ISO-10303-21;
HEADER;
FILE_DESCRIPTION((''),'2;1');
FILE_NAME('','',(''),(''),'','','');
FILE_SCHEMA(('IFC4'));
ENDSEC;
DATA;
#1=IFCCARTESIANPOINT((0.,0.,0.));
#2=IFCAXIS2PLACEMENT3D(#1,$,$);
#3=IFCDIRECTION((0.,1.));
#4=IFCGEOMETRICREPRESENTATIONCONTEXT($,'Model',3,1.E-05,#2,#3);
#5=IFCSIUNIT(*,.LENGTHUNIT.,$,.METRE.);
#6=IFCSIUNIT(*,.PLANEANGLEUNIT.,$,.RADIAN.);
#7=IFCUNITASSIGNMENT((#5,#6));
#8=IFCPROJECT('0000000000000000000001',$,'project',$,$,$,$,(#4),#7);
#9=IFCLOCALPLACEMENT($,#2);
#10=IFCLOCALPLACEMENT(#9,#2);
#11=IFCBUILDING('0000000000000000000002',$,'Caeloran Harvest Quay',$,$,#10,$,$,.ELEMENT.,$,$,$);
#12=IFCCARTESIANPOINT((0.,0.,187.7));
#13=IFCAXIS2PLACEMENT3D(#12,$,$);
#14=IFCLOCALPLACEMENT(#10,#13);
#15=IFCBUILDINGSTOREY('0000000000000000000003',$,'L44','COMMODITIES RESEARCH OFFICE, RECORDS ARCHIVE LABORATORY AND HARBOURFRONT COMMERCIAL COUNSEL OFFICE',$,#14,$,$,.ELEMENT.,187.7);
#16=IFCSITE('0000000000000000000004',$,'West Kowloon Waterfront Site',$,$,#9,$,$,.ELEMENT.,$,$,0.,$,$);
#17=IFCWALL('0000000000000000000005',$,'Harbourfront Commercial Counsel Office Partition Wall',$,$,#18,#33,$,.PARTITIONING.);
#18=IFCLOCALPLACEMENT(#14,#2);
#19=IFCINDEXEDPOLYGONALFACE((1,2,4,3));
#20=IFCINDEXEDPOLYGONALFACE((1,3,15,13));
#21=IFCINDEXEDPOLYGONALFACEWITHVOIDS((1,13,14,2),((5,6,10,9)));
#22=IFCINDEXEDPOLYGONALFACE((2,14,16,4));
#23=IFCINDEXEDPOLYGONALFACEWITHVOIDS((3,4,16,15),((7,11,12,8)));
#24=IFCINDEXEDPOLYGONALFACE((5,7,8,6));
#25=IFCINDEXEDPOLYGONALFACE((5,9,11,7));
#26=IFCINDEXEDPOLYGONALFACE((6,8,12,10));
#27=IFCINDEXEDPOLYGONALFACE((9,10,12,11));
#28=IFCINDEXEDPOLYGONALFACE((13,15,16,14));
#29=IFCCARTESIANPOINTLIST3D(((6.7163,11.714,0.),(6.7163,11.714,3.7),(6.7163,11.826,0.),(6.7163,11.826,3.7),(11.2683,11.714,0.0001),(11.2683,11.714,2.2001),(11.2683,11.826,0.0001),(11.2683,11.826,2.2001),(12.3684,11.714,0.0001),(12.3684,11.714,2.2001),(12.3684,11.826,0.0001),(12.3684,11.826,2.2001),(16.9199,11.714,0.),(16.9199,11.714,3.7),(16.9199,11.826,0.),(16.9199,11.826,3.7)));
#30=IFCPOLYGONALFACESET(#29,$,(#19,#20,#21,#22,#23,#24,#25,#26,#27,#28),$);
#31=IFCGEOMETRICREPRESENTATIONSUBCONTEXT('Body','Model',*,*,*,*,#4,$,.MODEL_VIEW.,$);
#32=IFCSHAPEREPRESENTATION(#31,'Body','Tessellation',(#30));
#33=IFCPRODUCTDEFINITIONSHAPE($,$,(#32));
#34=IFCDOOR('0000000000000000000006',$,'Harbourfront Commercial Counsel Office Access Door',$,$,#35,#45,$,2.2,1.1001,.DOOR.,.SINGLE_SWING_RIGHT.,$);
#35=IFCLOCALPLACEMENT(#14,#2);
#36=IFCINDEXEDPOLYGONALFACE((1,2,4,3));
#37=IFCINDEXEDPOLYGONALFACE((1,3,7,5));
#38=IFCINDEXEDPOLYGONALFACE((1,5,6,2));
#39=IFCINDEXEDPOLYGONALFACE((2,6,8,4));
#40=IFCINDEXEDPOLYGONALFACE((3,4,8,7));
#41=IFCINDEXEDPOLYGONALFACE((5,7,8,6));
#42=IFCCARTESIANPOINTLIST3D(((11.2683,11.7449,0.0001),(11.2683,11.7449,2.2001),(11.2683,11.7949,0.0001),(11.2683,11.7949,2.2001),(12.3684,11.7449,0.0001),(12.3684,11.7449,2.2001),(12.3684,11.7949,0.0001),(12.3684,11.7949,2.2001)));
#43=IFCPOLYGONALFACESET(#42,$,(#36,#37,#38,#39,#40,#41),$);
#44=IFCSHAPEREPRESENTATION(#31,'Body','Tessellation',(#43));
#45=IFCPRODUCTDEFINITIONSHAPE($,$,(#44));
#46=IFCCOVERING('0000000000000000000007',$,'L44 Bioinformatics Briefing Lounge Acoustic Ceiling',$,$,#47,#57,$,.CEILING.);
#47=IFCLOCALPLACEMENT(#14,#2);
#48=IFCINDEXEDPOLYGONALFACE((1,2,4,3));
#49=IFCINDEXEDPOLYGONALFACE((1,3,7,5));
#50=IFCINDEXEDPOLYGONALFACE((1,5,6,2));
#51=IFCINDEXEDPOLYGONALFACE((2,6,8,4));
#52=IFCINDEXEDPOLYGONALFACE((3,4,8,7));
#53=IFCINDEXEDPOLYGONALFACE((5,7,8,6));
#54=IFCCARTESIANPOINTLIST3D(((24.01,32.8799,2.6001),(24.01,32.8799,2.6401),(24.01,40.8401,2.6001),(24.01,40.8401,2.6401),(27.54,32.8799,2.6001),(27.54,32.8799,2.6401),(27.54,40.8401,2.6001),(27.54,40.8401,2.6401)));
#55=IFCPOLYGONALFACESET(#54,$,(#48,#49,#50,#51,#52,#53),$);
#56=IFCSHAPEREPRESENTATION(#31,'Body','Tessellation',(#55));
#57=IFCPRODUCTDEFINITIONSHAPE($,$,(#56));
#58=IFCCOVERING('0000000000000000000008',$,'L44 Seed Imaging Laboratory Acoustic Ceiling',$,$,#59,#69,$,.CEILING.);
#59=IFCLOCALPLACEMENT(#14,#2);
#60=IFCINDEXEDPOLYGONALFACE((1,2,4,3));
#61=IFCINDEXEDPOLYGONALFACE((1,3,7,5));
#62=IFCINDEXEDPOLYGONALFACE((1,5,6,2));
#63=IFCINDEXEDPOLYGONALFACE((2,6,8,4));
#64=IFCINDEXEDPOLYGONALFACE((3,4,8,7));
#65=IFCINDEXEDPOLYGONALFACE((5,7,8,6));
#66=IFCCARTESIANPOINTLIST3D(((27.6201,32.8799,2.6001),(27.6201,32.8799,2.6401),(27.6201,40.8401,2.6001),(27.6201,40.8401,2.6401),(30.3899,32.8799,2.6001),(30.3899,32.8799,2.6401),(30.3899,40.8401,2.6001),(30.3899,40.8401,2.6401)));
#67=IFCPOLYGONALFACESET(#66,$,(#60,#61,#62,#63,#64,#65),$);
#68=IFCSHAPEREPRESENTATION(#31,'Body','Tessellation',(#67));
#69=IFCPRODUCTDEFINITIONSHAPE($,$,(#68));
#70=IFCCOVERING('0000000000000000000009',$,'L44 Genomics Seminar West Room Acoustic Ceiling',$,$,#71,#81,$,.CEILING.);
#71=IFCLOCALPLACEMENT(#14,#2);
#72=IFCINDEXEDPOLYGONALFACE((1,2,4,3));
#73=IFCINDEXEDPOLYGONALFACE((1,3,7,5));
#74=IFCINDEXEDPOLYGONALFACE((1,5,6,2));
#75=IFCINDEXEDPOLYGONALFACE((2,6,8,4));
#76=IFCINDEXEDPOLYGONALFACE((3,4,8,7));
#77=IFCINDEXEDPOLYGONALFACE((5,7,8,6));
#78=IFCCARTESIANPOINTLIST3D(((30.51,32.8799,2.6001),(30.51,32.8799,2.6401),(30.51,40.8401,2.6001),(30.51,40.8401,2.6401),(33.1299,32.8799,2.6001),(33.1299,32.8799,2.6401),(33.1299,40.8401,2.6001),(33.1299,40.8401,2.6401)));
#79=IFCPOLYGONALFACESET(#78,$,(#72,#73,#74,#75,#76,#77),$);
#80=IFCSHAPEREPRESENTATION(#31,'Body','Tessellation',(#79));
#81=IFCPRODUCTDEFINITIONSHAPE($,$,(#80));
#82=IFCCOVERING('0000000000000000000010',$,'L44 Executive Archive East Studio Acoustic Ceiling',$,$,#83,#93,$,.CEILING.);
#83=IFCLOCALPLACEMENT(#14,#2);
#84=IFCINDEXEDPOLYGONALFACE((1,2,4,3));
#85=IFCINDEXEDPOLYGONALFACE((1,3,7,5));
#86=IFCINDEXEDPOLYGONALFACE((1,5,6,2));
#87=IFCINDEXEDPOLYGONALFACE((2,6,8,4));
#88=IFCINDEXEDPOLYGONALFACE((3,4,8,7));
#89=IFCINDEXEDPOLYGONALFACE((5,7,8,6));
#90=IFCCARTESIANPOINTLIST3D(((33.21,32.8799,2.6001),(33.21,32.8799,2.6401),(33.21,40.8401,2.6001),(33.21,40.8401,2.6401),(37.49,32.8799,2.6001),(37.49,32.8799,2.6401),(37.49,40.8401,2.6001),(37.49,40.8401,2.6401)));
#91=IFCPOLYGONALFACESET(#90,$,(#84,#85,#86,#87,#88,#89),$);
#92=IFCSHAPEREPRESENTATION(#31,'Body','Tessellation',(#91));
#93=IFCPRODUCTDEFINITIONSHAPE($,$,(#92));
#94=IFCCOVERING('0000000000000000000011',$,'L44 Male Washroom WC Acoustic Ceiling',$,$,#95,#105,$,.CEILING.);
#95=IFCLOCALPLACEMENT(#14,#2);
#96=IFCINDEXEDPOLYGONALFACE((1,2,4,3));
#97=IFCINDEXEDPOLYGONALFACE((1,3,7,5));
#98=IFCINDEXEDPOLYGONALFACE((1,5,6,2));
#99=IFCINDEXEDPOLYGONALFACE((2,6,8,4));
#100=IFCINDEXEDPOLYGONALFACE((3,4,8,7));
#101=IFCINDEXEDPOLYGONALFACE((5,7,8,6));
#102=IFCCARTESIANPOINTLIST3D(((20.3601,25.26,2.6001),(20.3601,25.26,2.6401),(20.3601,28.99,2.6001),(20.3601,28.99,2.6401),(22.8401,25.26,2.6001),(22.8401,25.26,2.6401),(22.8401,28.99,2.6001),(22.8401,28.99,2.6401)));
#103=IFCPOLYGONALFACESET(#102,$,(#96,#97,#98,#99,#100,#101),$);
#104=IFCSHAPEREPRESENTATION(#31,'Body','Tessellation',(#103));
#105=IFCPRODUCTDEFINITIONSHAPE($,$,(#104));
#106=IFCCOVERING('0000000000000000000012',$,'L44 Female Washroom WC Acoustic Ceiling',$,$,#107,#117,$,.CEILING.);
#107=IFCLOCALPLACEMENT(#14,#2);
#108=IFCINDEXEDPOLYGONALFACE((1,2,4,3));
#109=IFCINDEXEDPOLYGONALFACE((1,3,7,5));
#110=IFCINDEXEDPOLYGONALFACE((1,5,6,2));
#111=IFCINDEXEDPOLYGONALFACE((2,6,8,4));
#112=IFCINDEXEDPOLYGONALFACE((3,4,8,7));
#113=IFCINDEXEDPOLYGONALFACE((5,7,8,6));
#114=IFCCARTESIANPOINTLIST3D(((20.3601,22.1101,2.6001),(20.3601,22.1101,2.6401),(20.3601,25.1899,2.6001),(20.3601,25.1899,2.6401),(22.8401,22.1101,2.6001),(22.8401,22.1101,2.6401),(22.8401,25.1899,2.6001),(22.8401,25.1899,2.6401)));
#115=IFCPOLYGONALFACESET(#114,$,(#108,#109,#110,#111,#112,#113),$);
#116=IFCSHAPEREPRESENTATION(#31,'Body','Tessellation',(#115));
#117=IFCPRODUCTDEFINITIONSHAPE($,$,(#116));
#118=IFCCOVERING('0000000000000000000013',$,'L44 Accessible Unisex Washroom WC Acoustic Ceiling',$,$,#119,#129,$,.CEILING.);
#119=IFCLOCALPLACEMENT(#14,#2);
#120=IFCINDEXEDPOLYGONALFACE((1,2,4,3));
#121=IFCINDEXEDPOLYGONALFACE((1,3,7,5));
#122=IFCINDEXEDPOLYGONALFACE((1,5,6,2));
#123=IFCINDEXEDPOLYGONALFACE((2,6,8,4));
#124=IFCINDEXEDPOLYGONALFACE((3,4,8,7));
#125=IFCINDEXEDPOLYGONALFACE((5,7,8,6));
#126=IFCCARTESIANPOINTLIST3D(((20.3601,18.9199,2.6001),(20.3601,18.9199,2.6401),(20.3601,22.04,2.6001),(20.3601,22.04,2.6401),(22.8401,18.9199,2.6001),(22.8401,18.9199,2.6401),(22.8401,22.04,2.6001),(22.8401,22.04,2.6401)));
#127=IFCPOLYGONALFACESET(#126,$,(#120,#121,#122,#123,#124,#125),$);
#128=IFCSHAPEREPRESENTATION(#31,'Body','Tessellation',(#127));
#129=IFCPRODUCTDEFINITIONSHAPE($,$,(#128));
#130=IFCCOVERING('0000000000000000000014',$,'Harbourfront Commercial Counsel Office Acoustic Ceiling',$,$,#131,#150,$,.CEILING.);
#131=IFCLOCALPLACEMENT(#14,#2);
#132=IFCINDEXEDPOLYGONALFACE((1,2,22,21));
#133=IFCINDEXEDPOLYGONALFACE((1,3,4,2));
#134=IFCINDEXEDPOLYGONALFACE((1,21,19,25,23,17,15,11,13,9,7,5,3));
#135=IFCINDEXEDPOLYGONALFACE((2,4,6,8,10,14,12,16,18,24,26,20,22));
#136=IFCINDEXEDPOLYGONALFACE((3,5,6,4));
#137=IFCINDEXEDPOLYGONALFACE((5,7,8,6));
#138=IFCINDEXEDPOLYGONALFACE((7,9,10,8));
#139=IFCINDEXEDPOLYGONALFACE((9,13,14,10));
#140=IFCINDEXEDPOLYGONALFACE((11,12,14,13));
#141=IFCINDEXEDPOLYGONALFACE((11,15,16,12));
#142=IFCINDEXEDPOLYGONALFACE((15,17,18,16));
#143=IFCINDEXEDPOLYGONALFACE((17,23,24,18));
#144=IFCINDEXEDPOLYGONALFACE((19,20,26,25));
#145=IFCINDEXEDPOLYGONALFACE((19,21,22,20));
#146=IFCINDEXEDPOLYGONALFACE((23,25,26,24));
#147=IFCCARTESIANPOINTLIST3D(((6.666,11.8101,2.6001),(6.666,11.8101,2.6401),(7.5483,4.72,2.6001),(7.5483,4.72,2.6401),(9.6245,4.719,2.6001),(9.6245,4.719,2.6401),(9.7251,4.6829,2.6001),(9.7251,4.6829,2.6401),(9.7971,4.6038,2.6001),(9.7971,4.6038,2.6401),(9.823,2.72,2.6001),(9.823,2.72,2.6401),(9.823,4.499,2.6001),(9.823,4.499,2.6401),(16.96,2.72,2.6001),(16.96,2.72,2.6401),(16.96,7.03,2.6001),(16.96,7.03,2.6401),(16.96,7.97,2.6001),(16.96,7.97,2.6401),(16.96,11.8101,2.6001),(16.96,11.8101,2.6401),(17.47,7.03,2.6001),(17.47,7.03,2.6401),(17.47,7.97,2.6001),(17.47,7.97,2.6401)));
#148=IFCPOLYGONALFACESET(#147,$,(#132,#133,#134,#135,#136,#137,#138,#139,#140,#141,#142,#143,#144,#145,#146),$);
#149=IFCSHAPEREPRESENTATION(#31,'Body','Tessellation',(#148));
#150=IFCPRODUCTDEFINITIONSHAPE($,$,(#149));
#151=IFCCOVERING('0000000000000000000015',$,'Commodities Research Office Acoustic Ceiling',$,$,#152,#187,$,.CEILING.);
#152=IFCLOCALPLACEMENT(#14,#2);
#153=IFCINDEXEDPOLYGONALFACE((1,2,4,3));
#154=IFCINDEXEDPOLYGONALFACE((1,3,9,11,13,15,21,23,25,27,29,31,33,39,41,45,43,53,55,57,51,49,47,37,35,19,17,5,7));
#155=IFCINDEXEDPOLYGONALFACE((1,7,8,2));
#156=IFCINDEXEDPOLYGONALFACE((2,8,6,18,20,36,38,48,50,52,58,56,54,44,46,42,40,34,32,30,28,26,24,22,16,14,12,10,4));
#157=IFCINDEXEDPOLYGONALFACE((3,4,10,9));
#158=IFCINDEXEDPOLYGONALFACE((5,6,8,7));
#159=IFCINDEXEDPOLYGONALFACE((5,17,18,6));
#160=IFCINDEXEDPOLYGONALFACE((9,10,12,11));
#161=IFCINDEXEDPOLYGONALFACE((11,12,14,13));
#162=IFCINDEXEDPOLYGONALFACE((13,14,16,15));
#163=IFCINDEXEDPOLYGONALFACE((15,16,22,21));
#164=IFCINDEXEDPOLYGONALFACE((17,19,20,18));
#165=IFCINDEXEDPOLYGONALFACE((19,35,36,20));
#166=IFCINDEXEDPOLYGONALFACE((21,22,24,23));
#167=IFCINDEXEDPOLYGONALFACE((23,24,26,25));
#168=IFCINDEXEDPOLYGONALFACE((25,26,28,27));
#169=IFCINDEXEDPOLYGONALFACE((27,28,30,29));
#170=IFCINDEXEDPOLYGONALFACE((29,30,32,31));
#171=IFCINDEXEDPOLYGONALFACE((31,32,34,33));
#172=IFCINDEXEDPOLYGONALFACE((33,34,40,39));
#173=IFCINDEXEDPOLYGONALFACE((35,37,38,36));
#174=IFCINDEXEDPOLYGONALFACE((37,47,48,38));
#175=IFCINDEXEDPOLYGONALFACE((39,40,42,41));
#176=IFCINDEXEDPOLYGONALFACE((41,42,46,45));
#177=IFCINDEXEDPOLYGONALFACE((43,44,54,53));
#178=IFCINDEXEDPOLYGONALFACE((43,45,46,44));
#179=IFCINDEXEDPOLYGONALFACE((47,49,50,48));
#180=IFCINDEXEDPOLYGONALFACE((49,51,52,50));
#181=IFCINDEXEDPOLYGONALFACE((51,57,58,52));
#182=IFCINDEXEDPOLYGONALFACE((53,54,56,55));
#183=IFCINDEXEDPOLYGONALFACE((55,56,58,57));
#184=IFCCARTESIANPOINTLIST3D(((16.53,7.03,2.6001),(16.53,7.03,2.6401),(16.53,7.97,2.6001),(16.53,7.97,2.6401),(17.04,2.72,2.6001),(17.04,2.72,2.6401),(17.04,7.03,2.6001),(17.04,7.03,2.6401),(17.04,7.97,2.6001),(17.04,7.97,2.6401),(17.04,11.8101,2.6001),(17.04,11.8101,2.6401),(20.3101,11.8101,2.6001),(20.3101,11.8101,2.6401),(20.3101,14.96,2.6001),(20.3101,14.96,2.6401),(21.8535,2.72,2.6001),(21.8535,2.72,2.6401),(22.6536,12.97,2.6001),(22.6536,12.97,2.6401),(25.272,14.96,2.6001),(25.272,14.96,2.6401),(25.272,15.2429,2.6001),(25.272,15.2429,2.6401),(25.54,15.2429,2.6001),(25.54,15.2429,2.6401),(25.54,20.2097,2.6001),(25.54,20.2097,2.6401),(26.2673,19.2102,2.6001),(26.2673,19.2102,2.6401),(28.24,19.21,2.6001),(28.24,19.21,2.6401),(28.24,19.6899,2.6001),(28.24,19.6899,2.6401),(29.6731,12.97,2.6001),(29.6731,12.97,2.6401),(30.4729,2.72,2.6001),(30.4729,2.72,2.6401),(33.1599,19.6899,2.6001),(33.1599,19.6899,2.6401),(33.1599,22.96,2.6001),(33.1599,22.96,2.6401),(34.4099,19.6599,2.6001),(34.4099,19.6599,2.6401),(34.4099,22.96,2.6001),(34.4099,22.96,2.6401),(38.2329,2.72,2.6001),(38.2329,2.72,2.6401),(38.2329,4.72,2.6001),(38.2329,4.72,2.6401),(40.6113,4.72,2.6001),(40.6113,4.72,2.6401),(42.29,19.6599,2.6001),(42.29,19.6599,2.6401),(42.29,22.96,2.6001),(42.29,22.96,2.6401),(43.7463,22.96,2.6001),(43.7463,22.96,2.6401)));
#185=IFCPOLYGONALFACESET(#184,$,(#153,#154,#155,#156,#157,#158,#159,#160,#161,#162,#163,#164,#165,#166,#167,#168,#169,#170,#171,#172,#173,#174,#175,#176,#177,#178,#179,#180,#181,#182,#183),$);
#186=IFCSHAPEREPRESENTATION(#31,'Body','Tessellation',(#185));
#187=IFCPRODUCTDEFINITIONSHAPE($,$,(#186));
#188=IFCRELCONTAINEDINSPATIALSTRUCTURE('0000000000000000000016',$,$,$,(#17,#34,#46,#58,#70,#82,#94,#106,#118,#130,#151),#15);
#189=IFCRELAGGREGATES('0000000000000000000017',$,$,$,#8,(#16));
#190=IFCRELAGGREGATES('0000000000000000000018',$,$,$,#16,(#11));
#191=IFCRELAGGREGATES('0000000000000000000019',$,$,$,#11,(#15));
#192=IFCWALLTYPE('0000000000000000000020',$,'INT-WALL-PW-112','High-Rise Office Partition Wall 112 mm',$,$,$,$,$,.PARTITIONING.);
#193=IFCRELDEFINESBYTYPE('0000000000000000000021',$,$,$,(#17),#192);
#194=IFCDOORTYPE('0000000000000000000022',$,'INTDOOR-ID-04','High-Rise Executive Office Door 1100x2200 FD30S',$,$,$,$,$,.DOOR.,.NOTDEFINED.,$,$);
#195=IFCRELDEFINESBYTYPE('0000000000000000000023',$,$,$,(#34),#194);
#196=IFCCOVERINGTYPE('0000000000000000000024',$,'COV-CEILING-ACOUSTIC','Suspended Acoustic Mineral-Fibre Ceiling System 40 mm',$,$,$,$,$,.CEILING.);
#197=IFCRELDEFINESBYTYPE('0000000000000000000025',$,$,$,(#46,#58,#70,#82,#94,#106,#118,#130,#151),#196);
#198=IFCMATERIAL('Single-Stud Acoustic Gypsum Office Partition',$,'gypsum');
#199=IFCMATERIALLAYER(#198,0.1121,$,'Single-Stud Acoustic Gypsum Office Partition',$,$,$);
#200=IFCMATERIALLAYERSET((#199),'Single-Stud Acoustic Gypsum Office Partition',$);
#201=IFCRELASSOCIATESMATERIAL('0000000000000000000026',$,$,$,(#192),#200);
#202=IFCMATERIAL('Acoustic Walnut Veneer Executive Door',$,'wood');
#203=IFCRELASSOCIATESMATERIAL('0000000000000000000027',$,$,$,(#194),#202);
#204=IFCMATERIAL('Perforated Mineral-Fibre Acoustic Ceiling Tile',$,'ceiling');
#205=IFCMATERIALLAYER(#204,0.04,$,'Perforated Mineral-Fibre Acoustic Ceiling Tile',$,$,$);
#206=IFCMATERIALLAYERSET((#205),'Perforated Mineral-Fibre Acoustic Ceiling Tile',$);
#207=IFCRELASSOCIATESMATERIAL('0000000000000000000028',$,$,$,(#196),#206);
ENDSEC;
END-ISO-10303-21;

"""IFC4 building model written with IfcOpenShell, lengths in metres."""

from ifc_helpers import new_model, si_unit, direction, frame, frame_2d, origin, place, context, subcontext, project, spatial, polyline, rectangle, outline, extrude, material, layer, layer_set, type_object, element, fill, save


model = new_model("IFC4")

# Units and contexts
model_context = context("Model", 3, precision=1e-05, world=origin(), true_north=direction((0.0, 1.0)))
body_context = subcontext(model_context, "Body", "Model", "MODEL_VIEW")
ifc_project = project(units=[si_unit("LENGTHUNIT", "METRE"), si_unit("PLANEANGLEUNIT", "RADIAN")], contexts=[model_context])

# Site, building, storey
site_placement = place(None, origin())
site = spatial("IfcSite", under=ifc_project, at=site_placement, Name="West Kowloon Waterfront Site", CompositionType="ELEMENT", RefElevation=0.0)
building_placement = place(site_placement, origin())
building = spatial("IfcBuilding", under=site, at=building_placement, Name="Caeloran Harvest Quay", CompositionType="ELEMENT")
storey_placement = place(building_placement, frame((0.0, 0.0, 187.7)))
storey = spatial("IfcBuildingStorey", under=building, at=storey_placement, Name="L44", Description="COMMODITIES RESEARCH OFFICE, RECORDS ARCHIVE LABORATORY AND HARBOURFRONT COMMERCIAL COUNSEL OFFICE", CompositionType="ELEMENT", Elevation=187.7)

# Wall, opening, door
ifc_material_1 = material(Name="Single-Stud Acoustic Gypsum Office Partition", Category="gypsum")
ifc_layer_1 = layer(ifc_material_1, 0.1121, Name="Single-Stud Acoustic Gypsum Office Partition")
ifc_layer_set_1 = layer_set([ifc_layer_1], Name="Single-Stud Acoustic Gypsum Office Partition")
wall_type_1 = type_object("IfcWallType", Name="INT-WALL-PW-112", Description="High-Rise Office Partition Wall 112 mm", PredefinedType="PARTITIONING", material=ifc_layer_set_1)
wall_1_placement = place(storey_placement, frame((6.7163, 11.77, 0.0), z_axis=(0.0, 0.0, 1.0), x_axis=(1.0, 0.0, 0.0)))
wall_1 = element("IfcWall", 1, at=wall_1_placement, inside=storey, type_object=wall_type_1, Name="Harbourfront Commercial Counsel Office Partition Wall", PredefinedType="PARTITIONING", context=body_context, shape_type="SweptSolid", body=[
    extrude(rectangle(XDim=10.2036, YDim=0.1121, at=frame_2d((5.1018, 0.0))), origin(), (0.0, 0.0, 1.0), 3.7),
])
opening_1_placement = place(wall_1_placement, frame((4.552, 0.0, 0.0)))
opening_1 = element("IfcOpeningElement", 2, at=opening_1_placement, cuts=wall_1, PredefinedType="OPENING", context=body_context, shape_type="SweptSolid", body=[
    extrude(rectangle(XDim=1.1001, YDim=2.2, at=frame_2d((0.55, 1.1001))), frame((0.0, 0.0659, 0.0), z_axis=(0.0, -1.0, 0.0), x_axis=(1.0, 0.0, 0.0)), (0.0, 0.0, 1.0), 0.1321),
])
ifc_material_2 = material(Name="Acoustic Walnut Veneer Executive Door", Category="wood")
door_type = type_object("IfcDoorType", Name="INTDOOR-ID-04", Description="High-Rise Executive Office Door 1100x2200 FD30S", OperationType="NOTDEFINED", PredefinedType="DOOR", material=ifc_material_2)
door_placement = place(opening_1_placement, origin())
door = element("IfcDoor", 3, at=door_placement, inside=storey, type_object=door_type, Name="Harbourfront Commercial Counsel Office Access Door", OperationType="SINGLE_SWING_RIGHT", OverallHeight=2.2, OverallWidth=1.1001, PredefinedType="DOOR", context=body_context, shape_type="SweptSolid", body=[
    extrude(rectangle(XDim=1.1001, YDim=2.2, at=frame_2d((0.55, 1.1001))), frame((0.0, 0.0249, 0.0), z_axis=(0.0, -1.0, 0.0), x_axis=(1.0, 0.0, 0.0)), (0.0, 0.0, 1.0), 0.05),
])
fill(opening_1, door)

# Coverings
ifc_material_3 = material(Name="Perforated Mineral-Fibre Acoustic Ceiling Tile", Category="ceiling")
ifc_layer_2 = layer(ifc_material_3, 0.04, Name="Perforated Mineral-Fibre Acoustic Ceiling Tile")
ifc_layer_set_2 = layer_set([ifc_layer_2], Name="Perforated Mineral-Fibre Acoustic Ceiling Tile")
covering_type_1 = type_object("IfcCoveringType", Name="COV-CEILING-ACOUSTIC", Description="Suspended Acoustic Mineral-Fibre Ceiling System 40 mm", PredefinedType="CEILING", material=ifc_layer_set_2)
covering_1_placement = place(storey_placement, frame((0.0, 0.0, 2.6001)))
element("IfcCovering", 4, at=covering_1_placement, inside=storey, type_object=covering_type_1, Name="L44 Bioinformatics Briefing Lounge Acoustic Ceiling", PredefinedType="CEILING", context=body_context, shape_type="SweptSolid", body=[
    extrude(outline(polyline([(27.54, 40.8401), (27.54, 32.8799), (24.01, 32.8799), (24.01, 40.8401), (27.54, 40.8401)])), origin(), (0.0, 0.0, 1.0), 0.04),
])
covering_2_placement = place(storey_placement, frame((0.0, 0.0, 2.6001)))
element("IfcCovering", 5, at=covering_2_placement, inside=storey, type_object=covering_type_1, Name="L44 Seed Imaging Laboratory Acoustic Ceiling", PredefinedType="CEILING", context=body_context, shape_type="SweptSolid", body=[
    extrude(outline(polyline([(30.3899, 40.8401), (30.3899, 32.8799), (27.6201, 32.8799), (27.6201, 40.8401), (30.3899, 40.8401)])), origin(), (0.0, 0.0, 1.0), 0.04),
])
covering_3_placement = place(storey_placement, frame((0.0, 0.0, 2.6001)))
element("IfcCovering", 6, at=covering_3_placement, inside=storey, type_object=covering_type_1, Name="L44 Genomics Seminar West Room Acoustic Ceiling", PredefinedType="CEILING", context=body_context, shape_type="SweptSolid", body=[
    extrude(outline(polyline([(33.1299, 40.8401), (33.1299, 32.8799), (30.51, 32.8799), (30.51, 40.8401), (33.1299, 40.8401)])), origin(), (0.0, 0.0, 1.0), 0.04),
])
covering_4_placement = place(storey_placement, frame((0.0, 0.0, 2.6001)))
element("IfcCovering", 7, at=covering_4_placement, inside=storey, type_object=covering_type_1, Name="L44 Executive Archive East Studio Acoustic Ceiling", PredefinedType="CEILING", context=body_context, shape_type="SweptSolid", body=[
    extrude(outline(polyline([(37.49, 40.8401), (37.49, 32.8799), (33.21, 32.8799), (33.21, 40.8401), (37.49, 40.8401)])), origin(), (0.0, 0.0, 1.0), 0.04),
])
covering_5_placement = place(storey_placement, frame((0.0, 0.0, 2.6001)))
element("IfcCovering", 8, at=covering_5_placement, inside=storey, type_object=covering_type_1, Name="L44 Male Washroom WC Acoustic Ceiling", PredefinedType="CEILING", context=body_context, shape_type="SweptSolid", body=[
    extrude(outline(polyline([(22.8401, 28.99), (22.8401, 25.26), (20.3601, 25.26), (20.3601, 28.99), (22.8401, 28.99)])), origin(), (0.0, 0.0, 1.0), 0.04),
])
covering_6_placement = place(storey_placement, frame((0.0, 0.0, 2.6001)))
element("IfcCovering", 9, at=covering_6_placement, inside=storey, type_object=covering_type_1, Name="L44 Female Washroom WC Acoustic Ceiling", PredefinedType="CEILING", context=body_context, shape_type="SweptSolid", body=[
    extrude(outline(polyline([(22.8401, 25.1899), (22.8401, 22.1101), (20.3601, 22.1101), (20.3601, 25.1899), (22.8401, 25.1899)])), origin(), (0.0, 0.0, 1.0), 0.04),
])
covering_7_placement = place(storey_placement, frame((0.0, 0.0, 2.6001)))
element("IfcCovering", 10, at=covering_7_placement, inside=storey, type_object=covering_type_1, Name="L44 Accessible Unisex Washroom WC Acoustic Ceiling", PredefinedType="CEILING", context=body_context, shape_type="SweptSolid", body=[
    extrude(outline(polyline([(22.8401, 22.04), (22.8401, 18.9199), (20.3601, 18.9199), (20.3601, 22.04), (22.8401, 22.04)])), origin(), (0.0, 0.0, 1.0), 0.04),
])
covering_8_placement = place(storey_placement, frame((0.0, 0.0, 2.6001)))
element("IfcCovering", 11, at=covering_8_placement, inside=storey, type_object=covering_type_1, Name="Harbourfront Commercial Counsel Office Acoustic Ceiling", PredefinedType="CEILING", context=body_context, shape_type="SweptSolid", body=[
    extrude(outline(polyline([(9.7971, 4.6038), (9.7251, 4.6829), (9.6245, 4.719), (7.5483, 4.72), (6.666, 11.8101), (16.96, 11.8101), (16.96, 7.97), (17.47, 7.97), (17.47, 7.03), (16.96, 7.03), (16.96, 2.72), (9.823, 2.72), (9.823, 4.499), (9.7971, 4.6038)])), origin(), (0.0, 0.0, 1.0), 0.04),
])
covering_9_placement = place(storey_placement, frame((0.0, 0.0, 2.6001)))
element("IfcCovering", 12, at=covering_9_placement, inside=storey, type_object=covering_type_1, Name="Commodities Research Office Acoustic Ceiling", PredefinedType="CEILING", context=body_context, shape_type="SweptSolid", body=[
    extrude(outline(polyline([(16.53, 7.97), (17.04, 7.97), (17.04, 11.8101), (20.3101, 11.8101), (20.3101, 14.96), (25.272, 14.96), (25.272, 15.2429), (25.54, 15.2429), (25.54, 20.2097), (26.2673, 19.2102), (28.24, 19.21), (28.24, 19.6899), (33.1599, 19.6899), (33.1599, 22.96), (34.4099, 22.96), (34.4099, 19.6599), (42.29, 19.6599), (42.29, 22.96), (43.7463, 22.96), (40.6113, 4.72), (38.2329, 4.72), (38.2329, 2.72), (30.4729, 2.72), (29.6731, 12.97), (22.6536, 12.97), (21.8535, 2.72), (17.04, 2.72), (17.04, 7.03), (16.53, 7.03), (16.53, 7.97)])), origin(), (0.0, 0.0, 1.0), 0.04),
])

save(model, "model.ifc")
